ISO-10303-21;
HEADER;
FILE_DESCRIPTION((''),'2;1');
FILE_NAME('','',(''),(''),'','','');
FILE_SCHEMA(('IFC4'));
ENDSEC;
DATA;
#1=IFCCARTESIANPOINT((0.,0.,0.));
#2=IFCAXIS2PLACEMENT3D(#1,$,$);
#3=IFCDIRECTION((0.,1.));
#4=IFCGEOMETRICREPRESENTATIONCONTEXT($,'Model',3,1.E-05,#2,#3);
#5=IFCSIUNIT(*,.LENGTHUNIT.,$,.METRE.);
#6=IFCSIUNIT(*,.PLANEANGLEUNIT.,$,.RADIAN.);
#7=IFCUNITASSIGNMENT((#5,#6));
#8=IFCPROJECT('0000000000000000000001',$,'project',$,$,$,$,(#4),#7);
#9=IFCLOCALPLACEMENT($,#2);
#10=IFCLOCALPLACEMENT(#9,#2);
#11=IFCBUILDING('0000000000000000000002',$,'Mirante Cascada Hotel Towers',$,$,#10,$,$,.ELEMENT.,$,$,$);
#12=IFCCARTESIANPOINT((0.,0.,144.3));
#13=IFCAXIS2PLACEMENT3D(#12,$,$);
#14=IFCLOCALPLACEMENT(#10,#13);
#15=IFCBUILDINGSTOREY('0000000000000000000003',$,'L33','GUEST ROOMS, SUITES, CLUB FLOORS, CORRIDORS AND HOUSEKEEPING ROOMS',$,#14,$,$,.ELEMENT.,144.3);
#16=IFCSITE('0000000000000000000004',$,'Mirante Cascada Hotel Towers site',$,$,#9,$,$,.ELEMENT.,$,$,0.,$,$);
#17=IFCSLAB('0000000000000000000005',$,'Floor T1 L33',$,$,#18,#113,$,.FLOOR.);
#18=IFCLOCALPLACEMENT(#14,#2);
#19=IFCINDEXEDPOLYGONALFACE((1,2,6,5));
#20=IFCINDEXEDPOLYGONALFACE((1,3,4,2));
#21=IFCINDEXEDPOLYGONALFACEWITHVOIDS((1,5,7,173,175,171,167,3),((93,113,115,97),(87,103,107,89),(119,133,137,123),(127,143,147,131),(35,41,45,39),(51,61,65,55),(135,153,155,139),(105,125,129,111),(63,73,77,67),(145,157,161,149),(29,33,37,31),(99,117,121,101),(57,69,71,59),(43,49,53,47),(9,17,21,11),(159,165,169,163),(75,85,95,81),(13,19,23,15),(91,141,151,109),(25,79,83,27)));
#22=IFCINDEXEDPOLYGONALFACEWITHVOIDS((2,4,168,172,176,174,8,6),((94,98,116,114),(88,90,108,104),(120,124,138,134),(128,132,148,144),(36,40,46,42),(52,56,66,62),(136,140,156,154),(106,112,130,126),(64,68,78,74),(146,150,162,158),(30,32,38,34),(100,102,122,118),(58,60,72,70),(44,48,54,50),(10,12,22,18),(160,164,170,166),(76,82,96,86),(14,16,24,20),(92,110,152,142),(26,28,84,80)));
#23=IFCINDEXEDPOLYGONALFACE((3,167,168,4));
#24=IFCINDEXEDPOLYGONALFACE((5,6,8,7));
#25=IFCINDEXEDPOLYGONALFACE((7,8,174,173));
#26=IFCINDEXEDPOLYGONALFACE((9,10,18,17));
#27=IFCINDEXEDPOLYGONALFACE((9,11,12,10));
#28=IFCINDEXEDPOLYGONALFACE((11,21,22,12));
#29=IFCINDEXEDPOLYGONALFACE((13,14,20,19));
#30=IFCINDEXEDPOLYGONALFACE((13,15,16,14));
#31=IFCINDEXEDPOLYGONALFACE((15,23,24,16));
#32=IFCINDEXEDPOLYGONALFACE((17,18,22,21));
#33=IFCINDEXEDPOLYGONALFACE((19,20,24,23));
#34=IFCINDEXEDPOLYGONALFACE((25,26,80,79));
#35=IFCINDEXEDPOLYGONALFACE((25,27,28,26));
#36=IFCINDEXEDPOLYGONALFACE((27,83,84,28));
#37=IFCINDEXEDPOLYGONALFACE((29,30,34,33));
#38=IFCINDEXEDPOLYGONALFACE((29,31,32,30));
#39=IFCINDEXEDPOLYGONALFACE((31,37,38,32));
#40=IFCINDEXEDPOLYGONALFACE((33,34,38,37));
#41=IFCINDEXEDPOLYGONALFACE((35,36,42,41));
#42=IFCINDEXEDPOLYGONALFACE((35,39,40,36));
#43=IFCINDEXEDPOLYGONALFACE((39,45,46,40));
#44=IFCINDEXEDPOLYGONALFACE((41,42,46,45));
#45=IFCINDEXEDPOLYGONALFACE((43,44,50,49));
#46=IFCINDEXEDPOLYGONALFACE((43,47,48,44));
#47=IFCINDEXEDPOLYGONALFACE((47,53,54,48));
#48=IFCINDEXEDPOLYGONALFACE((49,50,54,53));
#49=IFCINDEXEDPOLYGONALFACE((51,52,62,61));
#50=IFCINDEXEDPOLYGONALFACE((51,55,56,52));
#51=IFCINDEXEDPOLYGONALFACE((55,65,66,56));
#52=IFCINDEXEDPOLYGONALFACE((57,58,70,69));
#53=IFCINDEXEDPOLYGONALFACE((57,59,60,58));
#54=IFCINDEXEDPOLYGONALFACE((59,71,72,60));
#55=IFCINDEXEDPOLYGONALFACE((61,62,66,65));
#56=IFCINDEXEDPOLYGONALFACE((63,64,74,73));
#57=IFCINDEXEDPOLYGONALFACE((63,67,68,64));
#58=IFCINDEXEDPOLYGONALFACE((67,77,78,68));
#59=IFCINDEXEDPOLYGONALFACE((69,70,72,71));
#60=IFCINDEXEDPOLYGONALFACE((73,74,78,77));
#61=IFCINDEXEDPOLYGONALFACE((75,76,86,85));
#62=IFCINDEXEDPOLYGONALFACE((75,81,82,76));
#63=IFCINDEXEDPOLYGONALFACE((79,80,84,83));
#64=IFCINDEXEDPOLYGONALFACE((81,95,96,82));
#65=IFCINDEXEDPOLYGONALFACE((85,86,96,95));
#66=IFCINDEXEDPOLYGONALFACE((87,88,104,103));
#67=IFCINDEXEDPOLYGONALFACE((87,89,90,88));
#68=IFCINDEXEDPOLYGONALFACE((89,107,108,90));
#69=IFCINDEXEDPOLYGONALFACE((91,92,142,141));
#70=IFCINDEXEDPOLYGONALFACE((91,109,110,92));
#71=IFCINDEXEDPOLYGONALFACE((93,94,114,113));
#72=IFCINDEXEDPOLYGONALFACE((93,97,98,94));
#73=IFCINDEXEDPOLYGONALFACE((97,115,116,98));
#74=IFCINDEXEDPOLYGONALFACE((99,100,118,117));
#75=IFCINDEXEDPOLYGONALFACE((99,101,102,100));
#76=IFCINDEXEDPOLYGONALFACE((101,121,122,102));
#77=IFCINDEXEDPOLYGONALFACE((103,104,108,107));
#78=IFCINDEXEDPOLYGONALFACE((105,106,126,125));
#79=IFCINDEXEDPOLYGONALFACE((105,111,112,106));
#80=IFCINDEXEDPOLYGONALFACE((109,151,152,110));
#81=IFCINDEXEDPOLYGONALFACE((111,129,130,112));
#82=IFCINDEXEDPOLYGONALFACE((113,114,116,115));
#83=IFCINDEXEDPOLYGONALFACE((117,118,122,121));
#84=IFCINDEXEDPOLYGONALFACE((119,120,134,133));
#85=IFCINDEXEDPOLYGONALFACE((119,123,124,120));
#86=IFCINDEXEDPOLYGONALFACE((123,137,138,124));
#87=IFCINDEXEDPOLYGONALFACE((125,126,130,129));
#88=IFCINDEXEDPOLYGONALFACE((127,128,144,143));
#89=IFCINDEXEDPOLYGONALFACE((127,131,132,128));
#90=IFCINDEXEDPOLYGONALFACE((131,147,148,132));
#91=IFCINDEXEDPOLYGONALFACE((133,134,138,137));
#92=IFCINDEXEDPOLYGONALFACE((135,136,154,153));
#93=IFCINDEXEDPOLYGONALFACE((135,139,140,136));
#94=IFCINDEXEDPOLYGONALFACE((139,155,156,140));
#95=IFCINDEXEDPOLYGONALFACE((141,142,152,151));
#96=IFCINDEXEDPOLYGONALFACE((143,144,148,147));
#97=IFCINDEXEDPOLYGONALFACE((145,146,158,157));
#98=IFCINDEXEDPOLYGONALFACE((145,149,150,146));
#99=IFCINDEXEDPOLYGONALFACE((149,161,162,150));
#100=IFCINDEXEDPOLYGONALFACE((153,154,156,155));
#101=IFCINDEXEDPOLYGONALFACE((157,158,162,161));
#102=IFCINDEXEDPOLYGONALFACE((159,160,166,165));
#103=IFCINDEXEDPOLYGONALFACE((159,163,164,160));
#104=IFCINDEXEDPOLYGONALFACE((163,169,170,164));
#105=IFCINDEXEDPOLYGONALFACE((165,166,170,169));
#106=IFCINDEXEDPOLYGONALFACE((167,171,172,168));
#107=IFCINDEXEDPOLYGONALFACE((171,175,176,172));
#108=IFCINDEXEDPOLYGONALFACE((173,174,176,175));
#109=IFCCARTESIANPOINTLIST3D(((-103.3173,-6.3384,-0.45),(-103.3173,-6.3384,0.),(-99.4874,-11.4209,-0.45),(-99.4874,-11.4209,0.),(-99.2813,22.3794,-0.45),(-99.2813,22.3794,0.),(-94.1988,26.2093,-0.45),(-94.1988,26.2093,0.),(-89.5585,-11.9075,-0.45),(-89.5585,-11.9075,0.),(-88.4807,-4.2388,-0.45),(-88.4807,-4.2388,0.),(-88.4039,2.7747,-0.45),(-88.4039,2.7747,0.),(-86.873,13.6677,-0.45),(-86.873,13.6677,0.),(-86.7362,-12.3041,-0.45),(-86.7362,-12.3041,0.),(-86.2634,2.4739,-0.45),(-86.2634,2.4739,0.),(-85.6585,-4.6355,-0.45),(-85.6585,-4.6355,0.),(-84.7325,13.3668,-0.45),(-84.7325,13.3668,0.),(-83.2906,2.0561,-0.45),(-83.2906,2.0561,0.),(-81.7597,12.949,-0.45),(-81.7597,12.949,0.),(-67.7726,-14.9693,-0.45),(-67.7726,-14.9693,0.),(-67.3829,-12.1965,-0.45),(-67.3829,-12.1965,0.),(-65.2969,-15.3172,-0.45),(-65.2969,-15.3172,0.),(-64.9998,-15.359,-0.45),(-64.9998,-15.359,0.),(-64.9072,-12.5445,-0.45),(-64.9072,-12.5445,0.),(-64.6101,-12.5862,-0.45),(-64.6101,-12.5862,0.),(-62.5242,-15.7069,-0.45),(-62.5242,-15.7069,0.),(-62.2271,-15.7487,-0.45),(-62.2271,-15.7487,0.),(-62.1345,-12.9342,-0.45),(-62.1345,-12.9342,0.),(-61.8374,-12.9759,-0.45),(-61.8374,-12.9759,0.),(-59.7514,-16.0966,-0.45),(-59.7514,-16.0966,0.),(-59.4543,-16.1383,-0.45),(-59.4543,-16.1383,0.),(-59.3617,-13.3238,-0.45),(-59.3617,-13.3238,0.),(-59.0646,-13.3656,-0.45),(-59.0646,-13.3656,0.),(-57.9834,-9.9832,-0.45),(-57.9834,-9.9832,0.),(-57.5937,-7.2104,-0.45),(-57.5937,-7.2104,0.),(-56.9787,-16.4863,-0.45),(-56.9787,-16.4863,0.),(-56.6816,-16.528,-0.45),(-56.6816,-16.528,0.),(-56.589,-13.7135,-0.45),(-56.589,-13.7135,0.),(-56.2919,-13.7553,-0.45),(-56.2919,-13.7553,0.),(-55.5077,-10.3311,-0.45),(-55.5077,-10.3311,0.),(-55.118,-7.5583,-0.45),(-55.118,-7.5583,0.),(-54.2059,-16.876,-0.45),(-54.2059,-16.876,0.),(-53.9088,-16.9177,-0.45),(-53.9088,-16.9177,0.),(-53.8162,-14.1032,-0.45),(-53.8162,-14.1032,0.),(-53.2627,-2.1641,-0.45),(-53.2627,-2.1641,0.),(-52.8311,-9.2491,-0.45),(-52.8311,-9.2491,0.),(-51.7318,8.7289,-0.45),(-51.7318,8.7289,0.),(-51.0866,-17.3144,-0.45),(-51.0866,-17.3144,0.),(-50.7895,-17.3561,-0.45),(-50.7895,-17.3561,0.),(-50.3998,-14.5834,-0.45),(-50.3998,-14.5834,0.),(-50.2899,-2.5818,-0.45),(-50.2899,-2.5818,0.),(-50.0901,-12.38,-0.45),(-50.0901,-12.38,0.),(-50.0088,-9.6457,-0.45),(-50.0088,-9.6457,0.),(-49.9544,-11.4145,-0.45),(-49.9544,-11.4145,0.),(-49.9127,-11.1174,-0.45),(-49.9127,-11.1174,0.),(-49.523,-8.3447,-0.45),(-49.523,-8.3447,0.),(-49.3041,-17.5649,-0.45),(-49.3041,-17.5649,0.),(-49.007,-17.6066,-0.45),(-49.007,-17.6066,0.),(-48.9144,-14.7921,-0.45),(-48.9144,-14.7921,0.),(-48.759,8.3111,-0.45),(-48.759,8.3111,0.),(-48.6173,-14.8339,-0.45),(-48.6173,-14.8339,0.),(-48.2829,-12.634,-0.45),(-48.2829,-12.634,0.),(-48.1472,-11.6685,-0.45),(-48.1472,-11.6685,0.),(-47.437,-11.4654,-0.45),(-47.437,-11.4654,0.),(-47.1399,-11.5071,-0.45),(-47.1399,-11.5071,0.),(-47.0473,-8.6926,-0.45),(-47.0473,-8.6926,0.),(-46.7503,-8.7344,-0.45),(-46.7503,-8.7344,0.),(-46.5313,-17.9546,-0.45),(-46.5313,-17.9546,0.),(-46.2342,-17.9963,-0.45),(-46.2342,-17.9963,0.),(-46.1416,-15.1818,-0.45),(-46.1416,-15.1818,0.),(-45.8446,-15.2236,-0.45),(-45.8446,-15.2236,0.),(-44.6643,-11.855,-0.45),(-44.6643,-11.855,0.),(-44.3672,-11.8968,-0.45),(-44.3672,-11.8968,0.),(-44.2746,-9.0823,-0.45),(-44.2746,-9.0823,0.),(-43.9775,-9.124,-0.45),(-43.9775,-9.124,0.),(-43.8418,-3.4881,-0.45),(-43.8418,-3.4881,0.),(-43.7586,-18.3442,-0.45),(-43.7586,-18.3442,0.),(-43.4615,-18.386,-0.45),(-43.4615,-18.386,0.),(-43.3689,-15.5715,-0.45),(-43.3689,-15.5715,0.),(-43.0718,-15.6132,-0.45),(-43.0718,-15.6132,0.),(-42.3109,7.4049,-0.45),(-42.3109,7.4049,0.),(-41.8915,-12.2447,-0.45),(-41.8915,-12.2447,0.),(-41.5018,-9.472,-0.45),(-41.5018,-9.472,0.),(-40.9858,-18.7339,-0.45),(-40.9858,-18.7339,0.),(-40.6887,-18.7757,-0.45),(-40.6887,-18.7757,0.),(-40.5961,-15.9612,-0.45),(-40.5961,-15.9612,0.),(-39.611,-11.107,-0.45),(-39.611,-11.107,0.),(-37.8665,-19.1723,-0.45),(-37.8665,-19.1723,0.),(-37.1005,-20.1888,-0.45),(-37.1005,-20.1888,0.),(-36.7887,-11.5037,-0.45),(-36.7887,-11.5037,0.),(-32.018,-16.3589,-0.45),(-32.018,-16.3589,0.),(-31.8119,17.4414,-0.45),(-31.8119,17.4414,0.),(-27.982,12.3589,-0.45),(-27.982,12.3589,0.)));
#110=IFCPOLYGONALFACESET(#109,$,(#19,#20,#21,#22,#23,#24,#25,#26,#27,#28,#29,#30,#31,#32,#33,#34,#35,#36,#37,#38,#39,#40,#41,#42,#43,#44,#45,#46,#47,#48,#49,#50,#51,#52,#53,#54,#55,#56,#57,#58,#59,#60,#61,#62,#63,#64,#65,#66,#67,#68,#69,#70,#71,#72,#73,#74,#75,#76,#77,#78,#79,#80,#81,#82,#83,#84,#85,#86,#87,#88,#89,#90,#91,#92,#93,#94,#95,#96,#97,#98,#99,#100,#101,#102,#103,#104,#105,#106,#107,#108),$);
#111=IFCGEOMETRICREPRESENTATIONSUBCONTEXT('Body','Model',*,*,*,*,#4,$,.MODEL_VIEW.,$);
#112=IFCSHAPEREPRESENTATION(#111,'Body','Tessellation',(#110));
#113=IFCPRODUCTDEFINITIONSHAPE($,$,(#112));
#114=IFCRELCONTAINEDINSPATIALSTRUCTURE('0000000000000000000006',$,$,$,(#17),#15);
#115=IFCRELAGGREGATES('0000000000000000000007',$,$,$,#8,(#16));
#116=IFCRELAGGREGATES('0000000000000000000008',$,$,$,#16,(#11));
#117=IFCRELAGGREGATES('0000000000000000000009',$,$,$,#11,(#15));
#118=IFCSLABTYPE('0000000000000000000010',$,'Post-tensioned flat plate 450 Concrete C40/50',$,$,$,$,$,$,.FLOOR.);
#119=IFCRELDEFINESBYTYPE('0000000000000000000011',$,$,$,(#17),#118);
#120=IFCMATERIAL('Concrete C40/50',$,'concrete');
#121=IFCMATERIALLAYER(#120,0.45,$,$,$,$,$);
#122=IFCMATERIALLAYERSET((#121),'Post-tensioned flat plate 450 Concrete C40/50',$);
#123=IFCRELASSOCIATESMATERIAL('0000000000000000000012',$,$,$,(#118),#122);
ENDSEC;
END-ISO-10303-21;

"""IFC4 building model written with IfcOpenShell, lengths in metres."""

from ifc_helpers import new_model, si_unit, direction, frame, origin, place, context, subcontext, project, spatial, polyline, outline, extrude, material, layer, layer_set, type_object, element, save


model = new_model("IFC4")

# Units and contexts
model_context = context("Model", 3, precision=1e-05, world=origin(), true_north=direction((0.0, 1.0)))
body_context = subcontext(model_context, "Body", "Model", "MODEL_VIEW")
ifc_project = project(units=[si_unit("LENGTHUNIT", "METRE"), si_unit("PLANEANGLEUNIT", "RADIAN")], contexts=[model_context])

# Site, building, storey
site_placement = place(None, origin())
site = spatial("IfcSite", under=ifc_project, at=site_placement, Name="Mirante Cascada Hotel Towers site", CompositionType="ELEMENT", RefElevation=0.0)
building_placement = place(site_placement, origin())
building = spatial("IfcBuilding", under=site, at=building_placement, Name="Mirante Cascada Hotel Towers", CompositionType="ELEMENT")
storey_placement = place(building_placement, frame((0.0, 0.0, 144.3)))
storey = spatial("IfcBuildingStorey", under=building, at=storey_placement, Name="L33", Description="GUEST ROOMS, SUITES, CLUB FLOORS, CORRIDORS AND HOUSEKEEPING ROOMS", CompositionType="ELEMENT", Elevation=144.3)

# Slab
ifc_material_1 = material(Name="Concrete C40/50", Category="concrete")
ifc_layer_1 = layer(ifc_material_1, 0.45)
ifc_layer_set_1 = layer_set([ifc_layer_1], Name="Post-tensioned flat plate 450 Concrete C40/50")
slab_type = type_object("IfcSlabType", Name="Post-tensioned flat plate 450 Concrete C40/50", PredefinedType="FLOOR", material=ifc_layer_set_1)
slab_1_placement = place(storey_placement, frame((0.0, 0.0, -0.45)))
element("IfcSlab", 1, at=slab_1_placement, inside=storey, type_object=slab_type, Name="Floor T1 L33", PredefinedType="FLOOR", context=body_context, shape_type="SweptSolid", body=[
    extrude(outline(polyline([(-32.018, -16.3589), (-27.982, 12.3589), (-31.8119, 17.4414), (-94.1988, 26.2093), (-99.2813, 22.3794), (-103.3173, -6.3384), (-99.4874, -11.4209), (-37.1005, -20.1888), (-32.018, -16.3589)]), holes=[polyline([(-43.0718, -15.6132), (-40.5961, -15.9612), (-40.9858, -18.7339), (-43.4615, -18.386), (-43.0718, -15.6132)]), polyline([(-45.8446, -15.2236), (-43.3689, -15.5715), (-43.7586, -18.3442), (-46.2342, -17.9963), (-45.8446, -15.2236)]), polyline([(-48.6173, -14.8339), (-46.1416, -15.1818), (-46.5313, -17.9546), (-49.007, -17.6066), (-48.6173, -14.8339)]), polyline([(-50.3998, -14.5834), (-48.9144, -14.7921), (-49.3041, -17.5649), (-50.7895, -17.3561), (-50.3998, -14.5834)]), polyline([(-36.7887, -11.5037), (-37.8665, -19.1723), (-40.6887, -18.7757), (-39.611, -11.107), (-36.7887, -11.5037)]), polyline([(-49.9544, -11.4145), (-48.1472, -11.6685), (-48.2829, -12.634), (-50.0901, -12.38), (-49.9544, -11.4145)]), polyline([(-43.9775, -9.124), (-41.5018, -9.472), (-41.8915, -12.2447), (-44.3672, -11.8968), (-43.9775, -9.124)]), polyline([(-47.1399, -11.5071), (-46.7503, -8.7344), (-44.2746, -9.0823), (-44.6643, -11.855), (-47.1399, -11.5071)]), polyline([(-49.9127, -11.1174), (-49.523, -8.3447), (-47.0473, -8.6926), (-47.437, -11.4654), (-49.9127, -11.1174)]), polyline([(-56.2919, -13.7553), (-53.8162, -14.1032), (-54.2059, -16.876), (-56.6816, -16.528), (-56.2919, -13.7553)]), polyline([(-59.0646, -13.3656), (-56.589, -13.7135), (-56.9787, -16.4863), (-59.4543, -16.1383), (-59.0646, -13.3656)]), polyline([(-61.8374, -12.9759), (-59.3617, -13.3238), (-59.7514, -16.0966), (-62.2271, -15.7487), (-61.8374, -12.9759)]), polyline([(-64.6101, -12.5862), (-62.1345, -12.9342), (-62.5242, -15.7069), (-64.9998, -15.359), (-64.6101, -12.5862)]), polyline([(-67.3829, -12.1965), (-64.9072, -12.5445), (-65.2969, -15.3172), (-67.7726, -14.9693), (-67.3829, -12.1965)]), polyline([(-50.0088, -9.6457), (-51.0866, -17.3144), (-53.9088, -16.9177), (-52.8311, -9.2491), (-50.0088, -9.6457)]), polyline([(-85.6585, -4.6355), (-86.7362, -12.3041), (-89.5585, -11.9075), (-88.4807, -4.2388), (-85.6585, -4.6355)]), polyline([(-57.9834, -9.9832), (-57.5937, -7.2104), (-55.118, -7.5583), (-55.5077, -10.3311), (-57.9834, -9.9832)]), polyline([(-86.873, 13.6677), (-84.7325, 13.3668), (-84.7325, 13.3668), (-86.2634, 2.4739), (-86.2634, 2.4739), (-88.4039, 2.7747), (-86.873, 13.6677)]), polyline([(-51.7318, 8.7289), (-53.2627, -2.1641), (-53.2627, -2.1641), (-83.2906, 2.0561), (-83.2906, 2.0561), (-81.7597, 12.949), (-81.7597, 12.949), (-51.7318, 8.7289)]), polyline([(-42.3109, 7.4049), (-43.8418, -3.4881), (-50.2899, -2.5818), (-50.2899, -2.5818), (-48.759, 8.3111), (-42.3109, 7.4049)])]), origin(), (0.0, 0.0, 1.0), 0.45),
])

save(model, "model.ifc")
